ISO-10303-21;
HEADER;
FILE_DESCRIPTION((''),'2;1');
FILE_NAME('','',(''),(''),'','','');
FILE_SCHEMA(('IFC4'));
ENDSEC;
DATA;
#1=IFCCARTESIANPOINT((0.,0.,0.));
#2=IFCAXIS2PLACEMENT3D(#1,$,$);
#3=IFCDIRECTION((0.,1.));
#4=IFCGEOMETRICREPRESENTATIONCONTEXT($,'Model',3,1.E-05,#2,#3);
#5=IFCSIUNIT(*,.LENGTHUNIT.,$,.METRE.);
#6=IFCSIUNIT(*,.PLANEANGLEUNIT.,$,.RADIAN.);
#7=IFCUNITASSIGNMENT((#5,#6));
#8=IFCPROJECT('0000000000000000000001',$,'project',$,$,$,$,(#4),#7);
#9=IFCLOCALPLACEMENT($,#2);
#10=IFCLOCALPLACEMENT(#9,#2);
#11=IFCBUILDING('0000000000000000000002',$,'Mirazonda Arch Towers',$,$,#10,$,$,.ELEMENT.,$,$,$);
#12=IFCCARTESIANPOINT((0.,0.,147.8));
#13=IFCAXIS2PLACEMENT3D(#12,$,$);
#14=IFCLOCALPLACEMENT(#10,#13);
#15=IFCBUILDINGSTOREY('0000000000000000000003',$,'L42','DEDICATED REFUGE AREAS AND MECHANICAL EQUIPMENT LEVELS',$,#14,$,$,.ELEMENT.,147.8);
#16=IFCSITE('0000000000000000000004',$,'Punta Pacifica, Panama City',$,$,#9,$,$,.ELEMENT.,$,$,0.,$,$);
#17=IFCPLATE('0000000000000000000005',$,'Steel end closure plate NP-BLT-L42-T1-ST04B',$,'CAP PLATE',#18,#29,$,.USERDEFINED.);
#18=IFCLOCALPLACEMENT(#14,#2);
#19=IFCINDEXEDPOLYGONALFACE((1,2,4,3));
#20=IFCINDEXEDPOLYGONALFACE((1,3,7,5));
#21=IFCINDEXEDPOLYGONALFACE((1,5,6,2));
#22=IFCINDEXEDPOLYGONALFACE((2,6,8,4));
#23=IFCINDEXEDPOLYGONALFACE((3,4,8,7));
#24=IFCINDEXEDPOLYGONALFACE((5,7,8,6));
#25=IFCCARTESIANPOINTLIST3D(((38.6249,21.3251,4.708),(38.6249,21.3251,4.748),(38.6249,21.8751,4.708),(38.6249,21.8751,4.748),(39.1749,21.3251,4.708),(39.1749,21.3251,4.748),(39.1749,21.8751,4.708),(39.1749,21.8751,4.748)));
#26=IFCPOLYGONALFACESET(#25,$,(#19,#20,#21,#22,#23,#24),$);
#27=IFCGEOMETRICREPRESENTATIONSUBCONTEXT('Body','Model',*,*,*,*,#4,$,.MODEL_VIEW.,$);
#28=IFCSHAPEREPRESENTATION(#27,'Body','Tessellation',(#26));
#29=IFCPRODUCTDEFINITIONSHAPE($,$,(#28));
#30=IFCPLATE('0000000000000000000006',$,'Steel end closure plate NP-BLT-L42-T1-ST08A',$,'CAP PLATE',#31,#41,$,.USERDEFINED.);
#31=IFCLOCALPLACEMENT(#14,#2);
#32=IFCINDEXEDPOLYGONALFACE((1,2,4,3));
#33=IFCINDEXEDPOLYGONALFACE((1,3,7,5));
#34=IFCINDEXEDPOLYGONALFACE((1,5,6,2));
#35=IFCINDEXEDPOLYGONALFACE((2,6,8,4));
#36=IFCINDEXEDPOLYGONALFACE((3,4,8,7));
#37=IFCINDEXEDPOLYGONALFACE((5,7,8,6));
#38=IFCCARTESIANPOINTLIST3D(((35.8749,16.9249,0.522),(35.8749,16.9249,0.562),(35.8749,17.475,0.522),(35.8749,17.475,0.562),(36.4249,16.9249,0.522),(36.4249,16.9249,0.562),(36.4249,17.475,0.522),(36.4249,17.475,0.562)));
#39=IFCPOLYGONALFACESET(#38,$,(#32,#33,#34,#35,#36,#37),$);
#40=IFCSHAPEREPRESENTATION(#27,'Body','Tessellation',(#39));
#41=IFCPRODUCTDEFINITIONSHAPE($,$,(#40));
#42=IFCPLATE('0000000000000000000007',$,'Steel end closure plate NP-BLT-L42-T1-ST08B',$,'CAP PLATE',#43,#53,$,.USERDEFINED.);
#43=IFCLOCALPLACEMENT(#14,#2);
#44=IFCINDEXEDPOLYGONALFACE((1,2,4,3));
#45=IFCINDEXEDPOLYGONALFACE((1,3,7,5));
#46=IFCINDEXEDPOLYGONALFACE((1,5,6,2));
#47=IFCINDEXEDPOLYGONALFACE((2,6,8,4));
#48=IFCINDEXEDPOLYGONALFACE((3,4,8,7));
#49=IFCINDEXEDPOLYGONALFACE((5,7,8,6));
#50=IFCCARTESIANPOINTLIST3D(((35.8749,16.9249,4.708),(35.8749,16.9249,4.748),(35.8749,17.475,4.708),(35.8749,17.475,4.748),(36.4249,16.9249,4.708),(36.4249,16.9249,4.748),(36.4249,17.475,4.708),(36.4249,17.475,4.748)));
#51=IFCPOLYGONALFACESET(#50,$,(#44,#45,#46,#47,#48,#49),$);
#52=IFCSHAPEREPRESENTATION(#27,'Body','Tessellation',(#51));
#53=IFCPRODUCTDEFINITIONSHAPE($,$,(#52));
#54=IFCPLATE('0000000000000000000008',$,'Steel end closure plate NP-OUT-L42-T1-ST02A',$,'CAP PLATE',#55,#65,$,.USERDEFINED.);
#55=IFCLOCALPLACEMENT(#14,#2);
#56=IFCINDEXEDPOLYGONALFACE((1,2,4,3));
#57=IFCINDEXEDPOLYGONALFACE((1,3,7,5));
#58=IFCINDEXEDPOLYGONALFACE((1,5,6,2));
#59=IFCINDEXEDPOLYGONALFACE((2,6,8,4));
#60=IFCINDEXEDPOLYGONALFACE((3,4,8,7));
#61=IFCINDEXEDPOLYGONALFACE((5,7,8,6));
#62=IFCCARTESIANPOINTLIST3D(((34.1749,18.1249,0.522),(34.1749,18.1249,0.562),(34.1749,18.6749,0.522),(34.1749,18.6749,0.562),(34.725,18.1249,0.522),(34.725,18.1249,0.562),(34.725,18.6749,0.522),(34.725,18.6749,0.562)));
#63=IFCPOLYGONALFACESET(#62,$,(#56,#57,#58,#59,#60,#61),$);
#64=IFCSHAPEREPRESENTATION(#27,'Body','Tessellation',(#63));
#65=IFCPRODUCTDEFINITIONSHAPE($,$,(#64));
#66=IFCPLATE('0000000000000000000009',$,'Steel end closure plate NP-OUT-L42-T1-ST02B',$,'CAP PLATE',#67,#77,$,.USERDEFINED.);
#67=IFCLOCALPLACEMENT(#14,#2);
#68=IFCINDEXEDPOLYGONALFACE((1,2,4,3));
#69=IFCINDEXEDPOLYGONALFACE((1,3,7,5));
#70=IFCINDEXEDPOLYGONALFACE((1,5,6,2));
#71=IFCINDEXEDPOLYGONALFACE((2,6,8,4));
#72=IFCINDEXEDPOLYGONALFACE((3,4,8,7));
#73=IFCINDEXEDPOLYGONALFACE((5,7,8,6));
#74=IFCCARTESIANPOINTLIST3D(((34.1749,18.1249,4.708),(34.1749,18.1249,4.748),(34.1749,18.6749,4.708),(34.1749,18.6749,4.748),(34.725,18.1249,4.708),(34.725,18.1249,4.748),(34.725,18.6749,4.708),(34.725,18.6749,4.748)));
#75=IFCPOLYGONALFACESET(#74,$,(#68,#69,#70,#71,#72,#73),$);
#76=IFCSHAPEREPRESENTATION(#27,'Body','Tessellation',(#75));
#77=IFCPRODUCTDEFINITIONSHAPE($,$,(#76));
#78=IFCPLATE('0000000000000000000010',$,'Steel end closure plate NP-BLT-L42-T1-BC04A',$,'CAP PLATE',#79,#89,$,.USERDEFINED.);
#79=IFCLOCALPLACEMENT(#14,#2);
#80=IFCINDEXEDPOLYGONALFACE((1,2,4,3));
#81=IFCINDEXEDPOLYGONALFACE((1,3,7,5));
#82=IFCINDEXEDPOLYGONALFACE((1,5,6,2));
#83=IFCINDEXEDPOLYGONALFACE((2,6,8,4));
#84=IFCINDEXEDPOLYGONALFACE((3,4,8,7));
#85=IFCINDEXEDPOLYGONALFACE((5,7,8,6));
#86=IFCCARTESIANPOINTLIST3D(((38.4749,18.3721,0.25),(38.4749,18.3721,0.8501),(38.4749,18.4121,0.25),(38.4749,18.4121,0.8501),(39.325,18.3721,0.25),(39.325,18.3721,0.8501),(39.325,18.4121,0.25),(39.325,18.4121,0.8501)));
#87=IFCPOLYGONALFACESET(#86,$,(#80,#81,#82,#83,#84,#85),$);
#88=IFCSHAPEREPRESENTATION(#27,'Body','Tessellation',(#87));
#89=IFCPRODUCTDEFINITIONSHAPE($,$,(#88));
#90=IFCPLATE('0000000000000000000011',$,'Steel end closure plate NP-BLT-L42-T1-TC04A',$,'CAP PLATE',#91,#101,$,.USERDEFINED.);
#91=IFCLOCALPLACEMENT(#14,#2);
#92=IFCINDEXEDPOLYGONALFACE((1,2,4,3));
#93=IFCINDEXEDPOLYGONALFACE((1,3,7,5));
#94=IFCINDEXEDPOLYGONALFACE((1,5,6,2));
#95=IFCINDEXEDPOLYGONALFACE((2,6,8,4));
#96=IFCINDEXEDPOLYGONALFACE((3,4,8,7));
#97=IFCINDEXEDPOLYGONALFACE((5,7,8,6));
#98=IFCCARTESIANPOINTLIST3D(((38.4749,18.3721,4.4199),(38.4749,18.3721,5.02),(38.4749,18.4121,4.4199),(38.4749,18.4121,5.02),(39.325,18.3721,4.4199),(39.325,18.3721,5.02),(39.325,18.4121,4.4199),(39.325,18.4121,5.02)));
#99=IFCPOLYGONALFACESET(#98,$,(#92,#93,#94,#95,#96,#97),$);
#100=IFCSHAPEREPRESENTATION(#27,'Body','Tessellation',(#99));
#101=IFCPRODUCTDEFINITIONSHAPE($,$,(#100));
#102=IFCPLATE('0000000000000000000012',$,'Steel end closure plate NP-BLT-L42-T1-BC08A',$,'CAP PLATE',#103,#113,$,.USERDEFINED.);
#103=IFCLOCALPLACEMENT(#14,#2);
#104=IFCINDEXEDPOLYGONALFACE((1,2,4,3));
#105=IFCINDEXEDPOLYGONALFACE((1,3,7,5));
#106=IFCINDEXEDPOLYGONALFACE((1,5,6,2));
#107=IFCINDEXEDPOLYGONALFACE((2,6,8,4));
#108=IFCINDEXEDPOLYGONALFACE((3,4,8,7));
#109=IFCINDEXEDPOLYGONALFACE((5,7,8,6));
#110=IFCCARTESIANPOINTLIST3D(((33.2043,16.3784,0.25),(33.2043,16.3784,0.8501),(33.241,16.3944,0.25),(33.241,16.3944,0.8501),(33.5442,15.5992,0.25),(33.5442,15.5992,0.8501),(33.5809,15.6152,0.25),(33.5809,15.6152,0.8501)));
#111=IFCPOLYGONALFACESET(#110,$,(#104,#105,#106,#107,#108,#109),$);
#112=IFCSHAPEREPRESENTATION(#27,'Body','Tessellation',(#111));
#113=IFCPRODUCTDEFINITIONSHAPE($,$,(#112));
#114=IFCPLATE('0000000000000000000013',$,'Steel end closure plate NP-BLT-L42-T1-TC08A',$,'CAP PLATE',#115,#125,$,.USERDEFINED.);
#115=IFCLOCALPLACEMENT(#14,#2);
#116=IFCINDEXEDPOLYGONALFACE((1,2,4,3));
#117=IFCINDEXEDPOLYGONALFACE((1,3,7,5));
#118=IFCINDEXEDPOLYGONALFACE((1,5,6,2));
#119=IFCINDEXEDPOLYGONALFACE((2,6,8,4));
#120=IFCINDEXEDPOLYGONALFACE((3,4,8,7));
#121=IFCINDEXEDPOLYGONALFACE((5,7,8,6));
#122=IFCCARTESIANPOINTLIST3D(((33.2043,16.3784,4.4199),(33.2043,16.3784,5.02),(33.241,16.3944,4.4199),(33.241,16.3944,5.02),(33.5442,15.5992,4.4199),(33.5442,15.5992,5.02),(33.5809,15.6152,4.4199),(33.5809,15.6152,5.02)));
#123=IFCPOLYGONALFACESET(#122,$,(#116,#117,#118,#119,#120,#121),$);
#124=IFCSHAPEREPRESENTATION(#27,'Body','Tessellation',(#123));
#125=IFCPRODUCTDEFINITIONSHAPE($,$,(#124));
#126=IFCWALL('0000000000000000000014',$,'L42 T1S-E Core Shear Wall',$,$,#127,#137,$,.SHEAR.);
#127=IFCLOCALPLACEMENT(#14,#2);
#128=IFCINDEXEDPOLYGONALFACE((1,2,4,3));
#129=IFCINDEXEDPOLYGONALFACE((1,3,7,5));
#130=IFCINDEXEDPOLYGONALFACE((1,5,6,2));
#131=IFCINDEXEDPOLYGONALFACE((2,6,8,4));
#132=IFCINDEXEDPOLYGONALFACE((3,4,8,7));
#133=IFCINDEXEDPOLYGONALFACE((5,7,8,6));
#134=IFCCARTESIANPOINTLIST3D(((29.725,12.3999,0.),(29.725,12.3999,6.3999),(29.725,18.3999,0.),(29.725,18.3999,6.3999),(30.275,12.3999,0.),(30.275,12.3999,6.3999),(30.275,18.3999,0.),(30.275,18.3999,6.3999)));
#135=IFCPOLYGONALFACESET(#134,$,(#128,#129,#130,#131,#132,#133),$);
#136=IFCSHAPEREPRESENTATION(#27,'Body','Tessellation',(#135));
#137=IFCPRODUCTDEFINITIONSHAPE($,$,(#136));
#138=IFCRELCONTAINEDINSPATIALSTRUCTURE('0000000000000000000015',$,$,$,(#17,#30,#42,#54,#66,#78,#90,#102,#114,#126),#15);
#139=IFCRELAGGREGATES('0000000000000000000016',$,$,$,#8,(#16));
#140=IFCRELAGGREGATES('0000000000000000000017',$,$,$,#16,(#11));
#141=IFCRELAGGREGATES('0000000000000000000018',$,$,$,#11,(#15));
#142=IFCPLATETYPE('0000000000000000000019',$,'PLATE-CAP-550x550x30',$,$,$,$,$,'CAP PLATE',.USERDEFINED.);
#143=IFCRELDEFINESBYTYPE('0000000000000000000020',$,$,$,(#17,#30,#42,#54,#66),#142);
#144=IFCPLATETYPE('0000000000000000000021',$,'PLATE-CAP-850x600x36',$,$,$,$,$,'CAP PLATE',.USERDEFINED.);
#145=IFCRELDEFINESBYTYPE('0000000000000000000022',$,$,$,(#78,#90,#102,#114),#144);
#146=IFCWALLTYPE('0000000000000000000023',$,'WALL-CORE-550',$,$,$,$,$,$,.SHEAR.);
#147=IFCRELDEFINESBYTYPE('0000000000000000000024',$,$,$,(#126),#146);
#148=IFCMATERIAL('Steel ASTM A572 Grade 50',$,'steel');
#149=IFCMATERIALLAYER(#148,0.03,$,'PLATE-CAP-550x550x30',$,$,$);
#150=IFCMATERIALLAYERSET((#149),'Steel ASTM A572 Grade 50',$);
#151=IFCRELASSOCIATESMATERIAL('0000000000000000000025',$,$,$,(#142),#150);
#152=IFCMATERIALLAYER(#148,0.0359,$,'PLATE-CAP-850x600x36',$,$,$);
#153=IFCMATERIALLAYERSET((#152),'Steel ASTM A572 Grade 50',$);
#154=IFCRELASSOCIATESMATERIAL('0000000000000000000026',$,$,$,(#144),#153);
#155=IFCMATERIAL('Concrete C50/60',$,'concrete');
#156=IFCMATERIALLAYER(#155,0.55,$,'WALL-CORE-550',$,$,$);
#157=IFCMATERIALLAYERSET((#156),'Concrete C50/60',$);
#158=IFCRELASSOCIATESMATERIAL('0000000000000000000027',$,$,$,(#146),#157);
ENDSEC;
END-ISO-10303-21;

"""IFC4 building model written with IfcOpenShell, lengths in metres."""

from ifc_helpers import new_model, si_unit, direction, frame, frame_2d, origin, origin_2d, place, context, subcontext, project, spatial, rectangle, extrude, material, layer, layer_set, type_object, element, save


model = new_model("IFC4")

# Units and contexts
model_context = context("Model", 3, precision=1e-05, world=origin(), true_north=direction((0.0, 1.0)))
body_context = subcontext(model_context, "Body", "Model", "MODEL_VIEW")
ifc_project = project(units=[si_unit("LENGTHUNIT", "METRE"), si_unit("PLANEANGLEUNIT", "RADIAN")], contexts=[model_context])

# Site, building, storey
site_placement = place(None, origin())
site = spatial("IfcSite", under=ifc_project, at=site_placement, Name="Punta Pacifica, Panama City", CompositionType="ELEMENT", RefElevation=0.0)
building_placement = place(site_placement, origin())
building = spatial("IfcBuilding", under=site, at=building_placement, Name="Mirazonda Arch Towers", CompositionType="ELEMENT")
storey_placement = place(building_placement, frame((0.0, 0.0, 147.8)))
storey = spatial("IfcBuildingStorey", under=building, at=storey_placement, Name="L42", Description="DEDICATED REFUGE AREAS AND MECHANICAL EQUIPMENT LEVELS", CompositionType="ELEMENT", Elevation=147.8)

# Shared definitions
ifc_material_1 = material(Name="Concrete C50/60", Category="concrete")
ifc_material_2 = material(Name="Steel ASTM A572 Grade 50", Category="steel")

# Plates
ifc_layer_1 = layer(ifc_material_2, 0.03, Name="PLATE-CAP-550x550x30")
ifc_layer_set_1 = layer_set([ifc_layer_1], Name="Steel ASTM A572 Grade 50")
plate_type_1 = type_object("IfcPlateType", Name="PLATE-CAP-550x550x30", ElementType="CAP PLATE", PredefinedType="USERDEFINED", material=ifc_layer_set_1)
for number, where, z_axis, x_axis, name in (
    (1, (38.8999, 21.6001, 4.708), (0.0, 0.0, 1.0), (1.0, 0.0, 0.0), "Steel end closure plate NP-BLT-L42-T1-ST04B"),
    (2, (36.1499, 17.2, 0.522), (0.0, 0.0, 1.0), (1.0, 0.0, 0.0), "Steel end closure plate NP-BLT-L42-T1-ST08A"),
    (3, (36.1499, 17.2, 4.708), (0.0, 0.0, 1.0), (1.0, 0.0, 0.0), "Steel end closure plate NP-BLT-L42-T1-ST08B"),
    (4, (34.45, 18.3999, 0.522), (0.0, 0.0, 1.0), (1.0, 0.0, 0.0), "Steel end closure plate NP-OUT-L42-T1-ST02A"),
    (5, (34.45, 18.3999, 4.708), (0.0, 0.0, 1.0), (1.0, 0.0, 0.0), "Steel end closure plate NP-OUT-L42-T1-ST02B"),
):
    element("IfcPlate", number, at=place(storey_placement, frame(where, z_axis=z_axis, x_axis=x_axis)), inside=storey, type_object=plate_type_1, Name=name, ObjectType="CAP PLATE", PredefinedType="USERDEFINED", context=body_context, shape_type="SweptSolid", body=[
        extrude(rectangle(XDim=0.55, YDim=0.55, at=origin_2d()), origin(), (0.0, 0.0, 1.0), 0.04),
    ])
ifc_layer_2 = layer(ifc_material_2, 0.0359, Name="PLATE-CAP-850x600x36")
ifc_layer_set_2 = layer_set([ifc_layer_2], Name="Steel ASTM A572 Grade 50")
plate_type_2 = type_object("IfcPlateType", Name="PLATE-CAP-850x600x36", ElementType="CAP PLATE", PredefinedType="USERDEFINED", material=ifc_layer_set_2)
for number, where, z_axis, x_axis, name in (
    (6, (38.8999, 18.3921, 0.25), (0.0, 0.0, 1.0), (0.0, -1.0, 0.0), "Steel end closure plate NP-BLT-L42-T1-BC04A"),
    (7, (38.8999, 18.3921, 4.4199), (0.0, 0.0, 1.0), (0.0, -1.0, 0.0), "Steel end closure plate NP-BLT-L42-T1-TC04A"),
    (8, (33.3926, 15.9968, 0.25), (0.0, 0.0, 1.0), (-0.916572, -0.399869, 0.0), "Steel end closure plate NP-BLT-L42-T1-BC08A"),
    (9, (33.3926, 15.9968, 4.4199), (0.0, 0.0, 1.0), (-0.916572, -0.399869, 0.0), "Steel end closure plate NP-BLT-L42-T1-TC08A"),
):
    element("IfcPlate", number, at=place(storey_placement, frame(where, z_axis=z_axis, x_axis=x_axis)), inside=storey, type_object=plate_type_2, Name=name, ObjectType="CAP PLATE", PredefinedType="USERDEFINED", context=body_context, shape_type="SweptSolid", body=[
        extrude(rectangle(XDim=0.04, YDim=0.8501, at=origin_2d()), origin(), (0.0, 0.0, 1.0), 0.6001),
    ])

# Wall
ifc_layer_3 = layer(ifc_material_1, 0.55, Name="WALL-CORE-550")
ifc_layer_set_3 = layer_set([ifc_layer_3], Name="Concrete C50/60")
wall_type = type_object("IfcWallType", Name="WALL-CORE-550", PredefinedType="SHEAR", material=ifc_layer_set_3)
wall_placement = place(storey_placement, frame((30.0, 12.3999, 0.0), z_axis=(0.0, 0.0, 1.0), x_axis=(0.0, 1.0, 0.0)))
element("IfcWall", 10, at=wall_placement, inside=storey, type_object=wall_type, Name="L42 T1S-E Core Shear Wall", PredefinedType="SHEAR", context=body_context, shape_type="SweptSolid", body=[
    extrude(rectangle(XDim=6.0, YDim=0.55, at=frame_2d((3.0, 0.0))), origin(), (0.0, 0.0, 1.0), 6.3999),
])

save(model, "model.ifc")
